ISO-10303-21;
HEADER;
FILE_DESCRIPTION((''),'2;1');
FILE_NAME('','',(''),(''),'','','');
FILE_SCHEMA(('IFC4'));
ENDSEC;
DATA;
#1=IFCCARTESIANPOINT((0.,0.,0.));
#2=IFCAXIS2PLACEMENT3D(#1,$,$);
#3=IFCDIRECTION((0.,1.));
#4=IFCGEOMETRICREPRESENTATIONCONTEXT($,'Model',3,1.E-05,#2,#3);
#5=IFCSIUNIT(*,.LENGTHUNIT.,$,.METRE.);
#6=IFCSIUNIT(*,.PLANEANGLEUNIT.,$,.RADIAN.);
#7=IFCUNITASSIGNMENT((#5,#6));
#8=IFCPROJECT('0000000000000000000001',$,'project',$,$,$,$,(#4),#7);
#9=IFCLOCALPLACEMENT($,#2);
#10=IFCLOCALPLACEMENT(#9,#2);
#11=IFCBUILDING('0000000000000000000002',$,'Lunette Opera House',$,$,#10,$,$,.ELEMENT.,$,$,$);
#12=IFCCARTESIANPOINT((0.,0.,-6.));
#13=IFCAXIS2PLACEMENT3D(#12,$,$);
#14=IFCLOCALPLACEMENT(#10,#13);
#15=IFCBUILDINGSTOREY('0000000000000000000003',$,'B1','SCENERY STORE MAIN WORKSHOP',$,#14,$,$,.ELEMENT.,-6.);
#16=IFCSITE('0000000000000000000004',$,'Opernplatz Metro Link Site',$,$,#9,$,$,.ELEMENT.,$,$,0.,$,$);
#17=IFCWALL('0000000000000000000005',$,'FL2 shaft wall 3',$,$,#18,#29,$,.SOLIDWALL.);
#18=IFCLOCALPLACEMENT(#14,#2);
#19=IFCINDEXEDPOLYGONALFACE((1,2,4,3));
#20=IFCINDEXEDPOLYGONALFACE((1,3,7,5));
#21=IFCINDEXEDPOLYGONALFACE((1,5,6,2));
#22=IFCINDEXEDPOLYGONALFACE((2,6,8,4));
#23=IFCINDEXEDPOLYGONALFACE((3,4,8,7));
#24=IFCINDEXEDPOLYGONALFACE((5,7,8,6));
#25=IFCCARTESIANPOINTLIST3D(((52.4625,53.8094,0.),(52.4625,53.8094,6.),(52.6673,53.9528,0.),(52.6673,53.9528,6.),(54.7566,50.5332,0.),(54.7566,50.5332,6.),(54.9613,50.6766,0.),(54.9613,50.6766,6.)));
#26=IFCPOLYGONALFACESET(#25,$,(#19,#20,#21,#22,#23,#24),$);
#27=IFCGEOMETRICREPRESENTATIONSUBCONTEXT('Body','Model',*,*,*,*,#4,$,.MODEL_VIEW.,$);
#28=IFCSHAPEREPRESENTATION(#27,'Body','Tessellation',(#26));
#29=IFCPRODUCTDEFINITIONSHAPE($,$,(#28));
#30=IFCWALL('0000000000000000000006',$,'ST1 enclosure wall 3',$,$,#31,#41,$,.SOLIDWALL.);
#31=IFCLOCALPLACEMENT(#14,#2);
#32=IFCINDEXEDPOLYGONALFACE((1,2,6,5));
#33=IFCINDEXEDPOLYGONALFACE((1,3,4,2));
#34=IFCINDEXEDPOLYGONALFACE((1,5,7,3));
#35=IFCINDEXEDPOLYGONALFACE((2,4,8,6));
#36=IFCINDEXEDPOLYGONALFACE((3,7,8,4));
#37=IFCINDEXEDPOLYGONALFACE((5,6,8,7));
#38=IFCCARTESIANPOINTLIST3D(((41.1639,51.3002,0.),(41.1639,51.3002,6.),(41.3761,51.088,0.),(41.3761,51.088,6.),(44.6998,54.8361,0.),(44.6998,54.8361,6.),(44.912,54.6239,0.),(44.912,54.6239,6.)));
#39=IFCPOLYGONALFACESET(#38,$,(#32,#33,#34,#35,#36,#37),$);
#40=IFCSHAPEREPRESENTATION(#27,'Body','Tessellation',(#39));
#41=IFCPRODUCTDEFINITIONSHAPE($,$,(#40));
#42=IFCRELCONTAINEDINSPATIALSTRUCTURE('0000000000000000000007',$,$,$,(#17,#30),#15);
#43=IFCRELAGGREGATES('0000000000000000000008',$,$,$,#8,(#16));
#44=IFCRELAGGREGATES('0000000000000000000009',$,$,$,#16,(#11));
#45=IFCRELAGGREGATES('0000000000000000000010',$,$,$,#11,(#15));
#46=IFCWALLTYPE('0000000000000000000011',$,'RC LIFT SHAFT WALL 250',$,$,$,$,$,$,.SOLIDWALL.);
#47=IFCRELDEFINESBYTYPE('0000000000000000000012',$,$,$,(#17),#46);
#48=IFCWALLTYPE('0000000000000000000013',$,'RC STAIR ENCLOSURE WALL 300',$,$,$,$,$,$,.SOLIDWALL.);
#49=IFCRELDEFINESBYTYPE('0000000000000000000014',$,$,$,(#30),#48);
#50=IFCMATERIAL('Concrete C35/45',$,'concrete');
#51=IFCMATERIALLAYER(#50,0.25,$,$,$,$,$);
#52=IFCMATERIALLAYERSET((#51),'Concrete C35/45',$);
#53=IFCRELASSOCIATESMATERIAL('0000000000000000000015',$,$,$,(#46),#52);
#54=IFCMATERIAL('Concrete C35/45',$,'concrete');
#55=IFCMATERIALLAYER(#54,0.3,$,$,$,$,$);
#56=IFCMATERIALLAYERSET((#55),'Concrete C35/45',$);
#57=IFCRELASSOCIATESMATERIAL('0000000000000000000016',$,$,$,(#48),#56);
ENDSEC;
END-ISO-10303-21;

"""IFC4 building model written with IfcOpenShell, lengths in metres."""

from ifc_helpers import new_model, si_unit, direction, frame, frame_2d, origin, place, context, subcontext, project, spatial, rectangle, extrude, material, layer, layer_set, type_object, element, save


model = new_model("IFC4")

# Units and contexts
model_context = context("Model", 3, precision=1e-05, world=origin(), true_north=direction((0.0, 1.0)))
body_context = subcontext(model_context, "Body", "Model", "MODEL_VIEW")
ifc_project = project(units=[si_unit("LENGTHUNIT", "METRE"), si_unit("PLANEANGLEUNIT", "RADIAN")], contexts=[model_context])

# Site, building, storey
site_placement = place(None, origin())
site = spatial("IfcSite", under=ifc_project, at=site_placement, Name="Opernplatz Metro Link Site", CompositionType="ELEMENT", RefElevation=0.0)
building_placement = place(site_placement, origin())
building = spatial("IfcBuilding", under=site, at=building_placement, Name="Lunette Opera House", CompositionType="ELEMENT")
storey_placement = place(building_placement, frame((0.0, 0.0, -6.0)))
storey = spatial("IfcBuildingStorey", under=building, at=storey_placement, Name="B1", Description="SCENERY STORE MAIN WORKSHOP", CompositionType="ELEMENT", Elevation=-6.0)

# Walls
ifc_material_1 = material(Name="Concrete C35/45", Category="concrete")
ifc_layer_1 = layer(ifc_material_1, 0.25)
ifc_layer_set_1 = layer_set([ifc_layer_1], Name="Concrete C35/45")
wall_type_1 = type_object("IfcWallType", Name="RC LIFT SHAFT WALL 250", PredefinedType="SOLIDWALL", material=ifc_layer_set_1)
wall_1_placement = place(storey_placement, frame((52.5649, 53.8811, 0.0), z_axis=(0.0, 0.0, 1.0), x_axis=(0.573573, -0.819154, 0.0)))
element("IfcWall", 1, at=wall_1_placement, inside=storey, type_object=wall_type_1, Name="FL2 shaft wall 3", PredefinedType="SOLIDWALL", context=body_context, shape_type="SweptSolid", body=[
    extrude(rectangle(XDim=3.9995, YDim=0.25, at=frame_2d((1.9998, 0.0))), origin(), (0.0, 0.0, 1.0), 6.0),
])
ifc_material_2 = material(Name="Concrete C35/45", Category="concrete")
ifc_layer_2 = layer(ifc_material_2, 0.3)
ifc_layer_set_2 = layer_set([ifc_layer_2], Name="Concrete C35/45")
wall_type_2 = type_object("IfcWallType", Name="RC STAIR ENCLOSURE WALL 300", PredefinedType="SOLIDWALL", material=ifc_layer_set_2)
wall_2_placement = place(storey_placement, frame((44.8059, 54.73, 0.0), z_axis=(0.0, 0.0, 1.0), x_axis=(-0.707107, -0.707107, 0.0)))
element("IfcWall", 2, at=wall_2_placement, inside=storey, type_object=wall_type_2, Name="ST1 enclosure wall 3", PredefinedType="SOLIDWALL", context=body_context, shape_type="SweptSolid", body=[
    extrude(rectangle(XDim=5.0005, YDim=0.3, at=frame_2d((2.5002, 0.0))), origin(), (0.0, 0.0, 1.0), 6.0),
])

save(model, "model.ifc")
